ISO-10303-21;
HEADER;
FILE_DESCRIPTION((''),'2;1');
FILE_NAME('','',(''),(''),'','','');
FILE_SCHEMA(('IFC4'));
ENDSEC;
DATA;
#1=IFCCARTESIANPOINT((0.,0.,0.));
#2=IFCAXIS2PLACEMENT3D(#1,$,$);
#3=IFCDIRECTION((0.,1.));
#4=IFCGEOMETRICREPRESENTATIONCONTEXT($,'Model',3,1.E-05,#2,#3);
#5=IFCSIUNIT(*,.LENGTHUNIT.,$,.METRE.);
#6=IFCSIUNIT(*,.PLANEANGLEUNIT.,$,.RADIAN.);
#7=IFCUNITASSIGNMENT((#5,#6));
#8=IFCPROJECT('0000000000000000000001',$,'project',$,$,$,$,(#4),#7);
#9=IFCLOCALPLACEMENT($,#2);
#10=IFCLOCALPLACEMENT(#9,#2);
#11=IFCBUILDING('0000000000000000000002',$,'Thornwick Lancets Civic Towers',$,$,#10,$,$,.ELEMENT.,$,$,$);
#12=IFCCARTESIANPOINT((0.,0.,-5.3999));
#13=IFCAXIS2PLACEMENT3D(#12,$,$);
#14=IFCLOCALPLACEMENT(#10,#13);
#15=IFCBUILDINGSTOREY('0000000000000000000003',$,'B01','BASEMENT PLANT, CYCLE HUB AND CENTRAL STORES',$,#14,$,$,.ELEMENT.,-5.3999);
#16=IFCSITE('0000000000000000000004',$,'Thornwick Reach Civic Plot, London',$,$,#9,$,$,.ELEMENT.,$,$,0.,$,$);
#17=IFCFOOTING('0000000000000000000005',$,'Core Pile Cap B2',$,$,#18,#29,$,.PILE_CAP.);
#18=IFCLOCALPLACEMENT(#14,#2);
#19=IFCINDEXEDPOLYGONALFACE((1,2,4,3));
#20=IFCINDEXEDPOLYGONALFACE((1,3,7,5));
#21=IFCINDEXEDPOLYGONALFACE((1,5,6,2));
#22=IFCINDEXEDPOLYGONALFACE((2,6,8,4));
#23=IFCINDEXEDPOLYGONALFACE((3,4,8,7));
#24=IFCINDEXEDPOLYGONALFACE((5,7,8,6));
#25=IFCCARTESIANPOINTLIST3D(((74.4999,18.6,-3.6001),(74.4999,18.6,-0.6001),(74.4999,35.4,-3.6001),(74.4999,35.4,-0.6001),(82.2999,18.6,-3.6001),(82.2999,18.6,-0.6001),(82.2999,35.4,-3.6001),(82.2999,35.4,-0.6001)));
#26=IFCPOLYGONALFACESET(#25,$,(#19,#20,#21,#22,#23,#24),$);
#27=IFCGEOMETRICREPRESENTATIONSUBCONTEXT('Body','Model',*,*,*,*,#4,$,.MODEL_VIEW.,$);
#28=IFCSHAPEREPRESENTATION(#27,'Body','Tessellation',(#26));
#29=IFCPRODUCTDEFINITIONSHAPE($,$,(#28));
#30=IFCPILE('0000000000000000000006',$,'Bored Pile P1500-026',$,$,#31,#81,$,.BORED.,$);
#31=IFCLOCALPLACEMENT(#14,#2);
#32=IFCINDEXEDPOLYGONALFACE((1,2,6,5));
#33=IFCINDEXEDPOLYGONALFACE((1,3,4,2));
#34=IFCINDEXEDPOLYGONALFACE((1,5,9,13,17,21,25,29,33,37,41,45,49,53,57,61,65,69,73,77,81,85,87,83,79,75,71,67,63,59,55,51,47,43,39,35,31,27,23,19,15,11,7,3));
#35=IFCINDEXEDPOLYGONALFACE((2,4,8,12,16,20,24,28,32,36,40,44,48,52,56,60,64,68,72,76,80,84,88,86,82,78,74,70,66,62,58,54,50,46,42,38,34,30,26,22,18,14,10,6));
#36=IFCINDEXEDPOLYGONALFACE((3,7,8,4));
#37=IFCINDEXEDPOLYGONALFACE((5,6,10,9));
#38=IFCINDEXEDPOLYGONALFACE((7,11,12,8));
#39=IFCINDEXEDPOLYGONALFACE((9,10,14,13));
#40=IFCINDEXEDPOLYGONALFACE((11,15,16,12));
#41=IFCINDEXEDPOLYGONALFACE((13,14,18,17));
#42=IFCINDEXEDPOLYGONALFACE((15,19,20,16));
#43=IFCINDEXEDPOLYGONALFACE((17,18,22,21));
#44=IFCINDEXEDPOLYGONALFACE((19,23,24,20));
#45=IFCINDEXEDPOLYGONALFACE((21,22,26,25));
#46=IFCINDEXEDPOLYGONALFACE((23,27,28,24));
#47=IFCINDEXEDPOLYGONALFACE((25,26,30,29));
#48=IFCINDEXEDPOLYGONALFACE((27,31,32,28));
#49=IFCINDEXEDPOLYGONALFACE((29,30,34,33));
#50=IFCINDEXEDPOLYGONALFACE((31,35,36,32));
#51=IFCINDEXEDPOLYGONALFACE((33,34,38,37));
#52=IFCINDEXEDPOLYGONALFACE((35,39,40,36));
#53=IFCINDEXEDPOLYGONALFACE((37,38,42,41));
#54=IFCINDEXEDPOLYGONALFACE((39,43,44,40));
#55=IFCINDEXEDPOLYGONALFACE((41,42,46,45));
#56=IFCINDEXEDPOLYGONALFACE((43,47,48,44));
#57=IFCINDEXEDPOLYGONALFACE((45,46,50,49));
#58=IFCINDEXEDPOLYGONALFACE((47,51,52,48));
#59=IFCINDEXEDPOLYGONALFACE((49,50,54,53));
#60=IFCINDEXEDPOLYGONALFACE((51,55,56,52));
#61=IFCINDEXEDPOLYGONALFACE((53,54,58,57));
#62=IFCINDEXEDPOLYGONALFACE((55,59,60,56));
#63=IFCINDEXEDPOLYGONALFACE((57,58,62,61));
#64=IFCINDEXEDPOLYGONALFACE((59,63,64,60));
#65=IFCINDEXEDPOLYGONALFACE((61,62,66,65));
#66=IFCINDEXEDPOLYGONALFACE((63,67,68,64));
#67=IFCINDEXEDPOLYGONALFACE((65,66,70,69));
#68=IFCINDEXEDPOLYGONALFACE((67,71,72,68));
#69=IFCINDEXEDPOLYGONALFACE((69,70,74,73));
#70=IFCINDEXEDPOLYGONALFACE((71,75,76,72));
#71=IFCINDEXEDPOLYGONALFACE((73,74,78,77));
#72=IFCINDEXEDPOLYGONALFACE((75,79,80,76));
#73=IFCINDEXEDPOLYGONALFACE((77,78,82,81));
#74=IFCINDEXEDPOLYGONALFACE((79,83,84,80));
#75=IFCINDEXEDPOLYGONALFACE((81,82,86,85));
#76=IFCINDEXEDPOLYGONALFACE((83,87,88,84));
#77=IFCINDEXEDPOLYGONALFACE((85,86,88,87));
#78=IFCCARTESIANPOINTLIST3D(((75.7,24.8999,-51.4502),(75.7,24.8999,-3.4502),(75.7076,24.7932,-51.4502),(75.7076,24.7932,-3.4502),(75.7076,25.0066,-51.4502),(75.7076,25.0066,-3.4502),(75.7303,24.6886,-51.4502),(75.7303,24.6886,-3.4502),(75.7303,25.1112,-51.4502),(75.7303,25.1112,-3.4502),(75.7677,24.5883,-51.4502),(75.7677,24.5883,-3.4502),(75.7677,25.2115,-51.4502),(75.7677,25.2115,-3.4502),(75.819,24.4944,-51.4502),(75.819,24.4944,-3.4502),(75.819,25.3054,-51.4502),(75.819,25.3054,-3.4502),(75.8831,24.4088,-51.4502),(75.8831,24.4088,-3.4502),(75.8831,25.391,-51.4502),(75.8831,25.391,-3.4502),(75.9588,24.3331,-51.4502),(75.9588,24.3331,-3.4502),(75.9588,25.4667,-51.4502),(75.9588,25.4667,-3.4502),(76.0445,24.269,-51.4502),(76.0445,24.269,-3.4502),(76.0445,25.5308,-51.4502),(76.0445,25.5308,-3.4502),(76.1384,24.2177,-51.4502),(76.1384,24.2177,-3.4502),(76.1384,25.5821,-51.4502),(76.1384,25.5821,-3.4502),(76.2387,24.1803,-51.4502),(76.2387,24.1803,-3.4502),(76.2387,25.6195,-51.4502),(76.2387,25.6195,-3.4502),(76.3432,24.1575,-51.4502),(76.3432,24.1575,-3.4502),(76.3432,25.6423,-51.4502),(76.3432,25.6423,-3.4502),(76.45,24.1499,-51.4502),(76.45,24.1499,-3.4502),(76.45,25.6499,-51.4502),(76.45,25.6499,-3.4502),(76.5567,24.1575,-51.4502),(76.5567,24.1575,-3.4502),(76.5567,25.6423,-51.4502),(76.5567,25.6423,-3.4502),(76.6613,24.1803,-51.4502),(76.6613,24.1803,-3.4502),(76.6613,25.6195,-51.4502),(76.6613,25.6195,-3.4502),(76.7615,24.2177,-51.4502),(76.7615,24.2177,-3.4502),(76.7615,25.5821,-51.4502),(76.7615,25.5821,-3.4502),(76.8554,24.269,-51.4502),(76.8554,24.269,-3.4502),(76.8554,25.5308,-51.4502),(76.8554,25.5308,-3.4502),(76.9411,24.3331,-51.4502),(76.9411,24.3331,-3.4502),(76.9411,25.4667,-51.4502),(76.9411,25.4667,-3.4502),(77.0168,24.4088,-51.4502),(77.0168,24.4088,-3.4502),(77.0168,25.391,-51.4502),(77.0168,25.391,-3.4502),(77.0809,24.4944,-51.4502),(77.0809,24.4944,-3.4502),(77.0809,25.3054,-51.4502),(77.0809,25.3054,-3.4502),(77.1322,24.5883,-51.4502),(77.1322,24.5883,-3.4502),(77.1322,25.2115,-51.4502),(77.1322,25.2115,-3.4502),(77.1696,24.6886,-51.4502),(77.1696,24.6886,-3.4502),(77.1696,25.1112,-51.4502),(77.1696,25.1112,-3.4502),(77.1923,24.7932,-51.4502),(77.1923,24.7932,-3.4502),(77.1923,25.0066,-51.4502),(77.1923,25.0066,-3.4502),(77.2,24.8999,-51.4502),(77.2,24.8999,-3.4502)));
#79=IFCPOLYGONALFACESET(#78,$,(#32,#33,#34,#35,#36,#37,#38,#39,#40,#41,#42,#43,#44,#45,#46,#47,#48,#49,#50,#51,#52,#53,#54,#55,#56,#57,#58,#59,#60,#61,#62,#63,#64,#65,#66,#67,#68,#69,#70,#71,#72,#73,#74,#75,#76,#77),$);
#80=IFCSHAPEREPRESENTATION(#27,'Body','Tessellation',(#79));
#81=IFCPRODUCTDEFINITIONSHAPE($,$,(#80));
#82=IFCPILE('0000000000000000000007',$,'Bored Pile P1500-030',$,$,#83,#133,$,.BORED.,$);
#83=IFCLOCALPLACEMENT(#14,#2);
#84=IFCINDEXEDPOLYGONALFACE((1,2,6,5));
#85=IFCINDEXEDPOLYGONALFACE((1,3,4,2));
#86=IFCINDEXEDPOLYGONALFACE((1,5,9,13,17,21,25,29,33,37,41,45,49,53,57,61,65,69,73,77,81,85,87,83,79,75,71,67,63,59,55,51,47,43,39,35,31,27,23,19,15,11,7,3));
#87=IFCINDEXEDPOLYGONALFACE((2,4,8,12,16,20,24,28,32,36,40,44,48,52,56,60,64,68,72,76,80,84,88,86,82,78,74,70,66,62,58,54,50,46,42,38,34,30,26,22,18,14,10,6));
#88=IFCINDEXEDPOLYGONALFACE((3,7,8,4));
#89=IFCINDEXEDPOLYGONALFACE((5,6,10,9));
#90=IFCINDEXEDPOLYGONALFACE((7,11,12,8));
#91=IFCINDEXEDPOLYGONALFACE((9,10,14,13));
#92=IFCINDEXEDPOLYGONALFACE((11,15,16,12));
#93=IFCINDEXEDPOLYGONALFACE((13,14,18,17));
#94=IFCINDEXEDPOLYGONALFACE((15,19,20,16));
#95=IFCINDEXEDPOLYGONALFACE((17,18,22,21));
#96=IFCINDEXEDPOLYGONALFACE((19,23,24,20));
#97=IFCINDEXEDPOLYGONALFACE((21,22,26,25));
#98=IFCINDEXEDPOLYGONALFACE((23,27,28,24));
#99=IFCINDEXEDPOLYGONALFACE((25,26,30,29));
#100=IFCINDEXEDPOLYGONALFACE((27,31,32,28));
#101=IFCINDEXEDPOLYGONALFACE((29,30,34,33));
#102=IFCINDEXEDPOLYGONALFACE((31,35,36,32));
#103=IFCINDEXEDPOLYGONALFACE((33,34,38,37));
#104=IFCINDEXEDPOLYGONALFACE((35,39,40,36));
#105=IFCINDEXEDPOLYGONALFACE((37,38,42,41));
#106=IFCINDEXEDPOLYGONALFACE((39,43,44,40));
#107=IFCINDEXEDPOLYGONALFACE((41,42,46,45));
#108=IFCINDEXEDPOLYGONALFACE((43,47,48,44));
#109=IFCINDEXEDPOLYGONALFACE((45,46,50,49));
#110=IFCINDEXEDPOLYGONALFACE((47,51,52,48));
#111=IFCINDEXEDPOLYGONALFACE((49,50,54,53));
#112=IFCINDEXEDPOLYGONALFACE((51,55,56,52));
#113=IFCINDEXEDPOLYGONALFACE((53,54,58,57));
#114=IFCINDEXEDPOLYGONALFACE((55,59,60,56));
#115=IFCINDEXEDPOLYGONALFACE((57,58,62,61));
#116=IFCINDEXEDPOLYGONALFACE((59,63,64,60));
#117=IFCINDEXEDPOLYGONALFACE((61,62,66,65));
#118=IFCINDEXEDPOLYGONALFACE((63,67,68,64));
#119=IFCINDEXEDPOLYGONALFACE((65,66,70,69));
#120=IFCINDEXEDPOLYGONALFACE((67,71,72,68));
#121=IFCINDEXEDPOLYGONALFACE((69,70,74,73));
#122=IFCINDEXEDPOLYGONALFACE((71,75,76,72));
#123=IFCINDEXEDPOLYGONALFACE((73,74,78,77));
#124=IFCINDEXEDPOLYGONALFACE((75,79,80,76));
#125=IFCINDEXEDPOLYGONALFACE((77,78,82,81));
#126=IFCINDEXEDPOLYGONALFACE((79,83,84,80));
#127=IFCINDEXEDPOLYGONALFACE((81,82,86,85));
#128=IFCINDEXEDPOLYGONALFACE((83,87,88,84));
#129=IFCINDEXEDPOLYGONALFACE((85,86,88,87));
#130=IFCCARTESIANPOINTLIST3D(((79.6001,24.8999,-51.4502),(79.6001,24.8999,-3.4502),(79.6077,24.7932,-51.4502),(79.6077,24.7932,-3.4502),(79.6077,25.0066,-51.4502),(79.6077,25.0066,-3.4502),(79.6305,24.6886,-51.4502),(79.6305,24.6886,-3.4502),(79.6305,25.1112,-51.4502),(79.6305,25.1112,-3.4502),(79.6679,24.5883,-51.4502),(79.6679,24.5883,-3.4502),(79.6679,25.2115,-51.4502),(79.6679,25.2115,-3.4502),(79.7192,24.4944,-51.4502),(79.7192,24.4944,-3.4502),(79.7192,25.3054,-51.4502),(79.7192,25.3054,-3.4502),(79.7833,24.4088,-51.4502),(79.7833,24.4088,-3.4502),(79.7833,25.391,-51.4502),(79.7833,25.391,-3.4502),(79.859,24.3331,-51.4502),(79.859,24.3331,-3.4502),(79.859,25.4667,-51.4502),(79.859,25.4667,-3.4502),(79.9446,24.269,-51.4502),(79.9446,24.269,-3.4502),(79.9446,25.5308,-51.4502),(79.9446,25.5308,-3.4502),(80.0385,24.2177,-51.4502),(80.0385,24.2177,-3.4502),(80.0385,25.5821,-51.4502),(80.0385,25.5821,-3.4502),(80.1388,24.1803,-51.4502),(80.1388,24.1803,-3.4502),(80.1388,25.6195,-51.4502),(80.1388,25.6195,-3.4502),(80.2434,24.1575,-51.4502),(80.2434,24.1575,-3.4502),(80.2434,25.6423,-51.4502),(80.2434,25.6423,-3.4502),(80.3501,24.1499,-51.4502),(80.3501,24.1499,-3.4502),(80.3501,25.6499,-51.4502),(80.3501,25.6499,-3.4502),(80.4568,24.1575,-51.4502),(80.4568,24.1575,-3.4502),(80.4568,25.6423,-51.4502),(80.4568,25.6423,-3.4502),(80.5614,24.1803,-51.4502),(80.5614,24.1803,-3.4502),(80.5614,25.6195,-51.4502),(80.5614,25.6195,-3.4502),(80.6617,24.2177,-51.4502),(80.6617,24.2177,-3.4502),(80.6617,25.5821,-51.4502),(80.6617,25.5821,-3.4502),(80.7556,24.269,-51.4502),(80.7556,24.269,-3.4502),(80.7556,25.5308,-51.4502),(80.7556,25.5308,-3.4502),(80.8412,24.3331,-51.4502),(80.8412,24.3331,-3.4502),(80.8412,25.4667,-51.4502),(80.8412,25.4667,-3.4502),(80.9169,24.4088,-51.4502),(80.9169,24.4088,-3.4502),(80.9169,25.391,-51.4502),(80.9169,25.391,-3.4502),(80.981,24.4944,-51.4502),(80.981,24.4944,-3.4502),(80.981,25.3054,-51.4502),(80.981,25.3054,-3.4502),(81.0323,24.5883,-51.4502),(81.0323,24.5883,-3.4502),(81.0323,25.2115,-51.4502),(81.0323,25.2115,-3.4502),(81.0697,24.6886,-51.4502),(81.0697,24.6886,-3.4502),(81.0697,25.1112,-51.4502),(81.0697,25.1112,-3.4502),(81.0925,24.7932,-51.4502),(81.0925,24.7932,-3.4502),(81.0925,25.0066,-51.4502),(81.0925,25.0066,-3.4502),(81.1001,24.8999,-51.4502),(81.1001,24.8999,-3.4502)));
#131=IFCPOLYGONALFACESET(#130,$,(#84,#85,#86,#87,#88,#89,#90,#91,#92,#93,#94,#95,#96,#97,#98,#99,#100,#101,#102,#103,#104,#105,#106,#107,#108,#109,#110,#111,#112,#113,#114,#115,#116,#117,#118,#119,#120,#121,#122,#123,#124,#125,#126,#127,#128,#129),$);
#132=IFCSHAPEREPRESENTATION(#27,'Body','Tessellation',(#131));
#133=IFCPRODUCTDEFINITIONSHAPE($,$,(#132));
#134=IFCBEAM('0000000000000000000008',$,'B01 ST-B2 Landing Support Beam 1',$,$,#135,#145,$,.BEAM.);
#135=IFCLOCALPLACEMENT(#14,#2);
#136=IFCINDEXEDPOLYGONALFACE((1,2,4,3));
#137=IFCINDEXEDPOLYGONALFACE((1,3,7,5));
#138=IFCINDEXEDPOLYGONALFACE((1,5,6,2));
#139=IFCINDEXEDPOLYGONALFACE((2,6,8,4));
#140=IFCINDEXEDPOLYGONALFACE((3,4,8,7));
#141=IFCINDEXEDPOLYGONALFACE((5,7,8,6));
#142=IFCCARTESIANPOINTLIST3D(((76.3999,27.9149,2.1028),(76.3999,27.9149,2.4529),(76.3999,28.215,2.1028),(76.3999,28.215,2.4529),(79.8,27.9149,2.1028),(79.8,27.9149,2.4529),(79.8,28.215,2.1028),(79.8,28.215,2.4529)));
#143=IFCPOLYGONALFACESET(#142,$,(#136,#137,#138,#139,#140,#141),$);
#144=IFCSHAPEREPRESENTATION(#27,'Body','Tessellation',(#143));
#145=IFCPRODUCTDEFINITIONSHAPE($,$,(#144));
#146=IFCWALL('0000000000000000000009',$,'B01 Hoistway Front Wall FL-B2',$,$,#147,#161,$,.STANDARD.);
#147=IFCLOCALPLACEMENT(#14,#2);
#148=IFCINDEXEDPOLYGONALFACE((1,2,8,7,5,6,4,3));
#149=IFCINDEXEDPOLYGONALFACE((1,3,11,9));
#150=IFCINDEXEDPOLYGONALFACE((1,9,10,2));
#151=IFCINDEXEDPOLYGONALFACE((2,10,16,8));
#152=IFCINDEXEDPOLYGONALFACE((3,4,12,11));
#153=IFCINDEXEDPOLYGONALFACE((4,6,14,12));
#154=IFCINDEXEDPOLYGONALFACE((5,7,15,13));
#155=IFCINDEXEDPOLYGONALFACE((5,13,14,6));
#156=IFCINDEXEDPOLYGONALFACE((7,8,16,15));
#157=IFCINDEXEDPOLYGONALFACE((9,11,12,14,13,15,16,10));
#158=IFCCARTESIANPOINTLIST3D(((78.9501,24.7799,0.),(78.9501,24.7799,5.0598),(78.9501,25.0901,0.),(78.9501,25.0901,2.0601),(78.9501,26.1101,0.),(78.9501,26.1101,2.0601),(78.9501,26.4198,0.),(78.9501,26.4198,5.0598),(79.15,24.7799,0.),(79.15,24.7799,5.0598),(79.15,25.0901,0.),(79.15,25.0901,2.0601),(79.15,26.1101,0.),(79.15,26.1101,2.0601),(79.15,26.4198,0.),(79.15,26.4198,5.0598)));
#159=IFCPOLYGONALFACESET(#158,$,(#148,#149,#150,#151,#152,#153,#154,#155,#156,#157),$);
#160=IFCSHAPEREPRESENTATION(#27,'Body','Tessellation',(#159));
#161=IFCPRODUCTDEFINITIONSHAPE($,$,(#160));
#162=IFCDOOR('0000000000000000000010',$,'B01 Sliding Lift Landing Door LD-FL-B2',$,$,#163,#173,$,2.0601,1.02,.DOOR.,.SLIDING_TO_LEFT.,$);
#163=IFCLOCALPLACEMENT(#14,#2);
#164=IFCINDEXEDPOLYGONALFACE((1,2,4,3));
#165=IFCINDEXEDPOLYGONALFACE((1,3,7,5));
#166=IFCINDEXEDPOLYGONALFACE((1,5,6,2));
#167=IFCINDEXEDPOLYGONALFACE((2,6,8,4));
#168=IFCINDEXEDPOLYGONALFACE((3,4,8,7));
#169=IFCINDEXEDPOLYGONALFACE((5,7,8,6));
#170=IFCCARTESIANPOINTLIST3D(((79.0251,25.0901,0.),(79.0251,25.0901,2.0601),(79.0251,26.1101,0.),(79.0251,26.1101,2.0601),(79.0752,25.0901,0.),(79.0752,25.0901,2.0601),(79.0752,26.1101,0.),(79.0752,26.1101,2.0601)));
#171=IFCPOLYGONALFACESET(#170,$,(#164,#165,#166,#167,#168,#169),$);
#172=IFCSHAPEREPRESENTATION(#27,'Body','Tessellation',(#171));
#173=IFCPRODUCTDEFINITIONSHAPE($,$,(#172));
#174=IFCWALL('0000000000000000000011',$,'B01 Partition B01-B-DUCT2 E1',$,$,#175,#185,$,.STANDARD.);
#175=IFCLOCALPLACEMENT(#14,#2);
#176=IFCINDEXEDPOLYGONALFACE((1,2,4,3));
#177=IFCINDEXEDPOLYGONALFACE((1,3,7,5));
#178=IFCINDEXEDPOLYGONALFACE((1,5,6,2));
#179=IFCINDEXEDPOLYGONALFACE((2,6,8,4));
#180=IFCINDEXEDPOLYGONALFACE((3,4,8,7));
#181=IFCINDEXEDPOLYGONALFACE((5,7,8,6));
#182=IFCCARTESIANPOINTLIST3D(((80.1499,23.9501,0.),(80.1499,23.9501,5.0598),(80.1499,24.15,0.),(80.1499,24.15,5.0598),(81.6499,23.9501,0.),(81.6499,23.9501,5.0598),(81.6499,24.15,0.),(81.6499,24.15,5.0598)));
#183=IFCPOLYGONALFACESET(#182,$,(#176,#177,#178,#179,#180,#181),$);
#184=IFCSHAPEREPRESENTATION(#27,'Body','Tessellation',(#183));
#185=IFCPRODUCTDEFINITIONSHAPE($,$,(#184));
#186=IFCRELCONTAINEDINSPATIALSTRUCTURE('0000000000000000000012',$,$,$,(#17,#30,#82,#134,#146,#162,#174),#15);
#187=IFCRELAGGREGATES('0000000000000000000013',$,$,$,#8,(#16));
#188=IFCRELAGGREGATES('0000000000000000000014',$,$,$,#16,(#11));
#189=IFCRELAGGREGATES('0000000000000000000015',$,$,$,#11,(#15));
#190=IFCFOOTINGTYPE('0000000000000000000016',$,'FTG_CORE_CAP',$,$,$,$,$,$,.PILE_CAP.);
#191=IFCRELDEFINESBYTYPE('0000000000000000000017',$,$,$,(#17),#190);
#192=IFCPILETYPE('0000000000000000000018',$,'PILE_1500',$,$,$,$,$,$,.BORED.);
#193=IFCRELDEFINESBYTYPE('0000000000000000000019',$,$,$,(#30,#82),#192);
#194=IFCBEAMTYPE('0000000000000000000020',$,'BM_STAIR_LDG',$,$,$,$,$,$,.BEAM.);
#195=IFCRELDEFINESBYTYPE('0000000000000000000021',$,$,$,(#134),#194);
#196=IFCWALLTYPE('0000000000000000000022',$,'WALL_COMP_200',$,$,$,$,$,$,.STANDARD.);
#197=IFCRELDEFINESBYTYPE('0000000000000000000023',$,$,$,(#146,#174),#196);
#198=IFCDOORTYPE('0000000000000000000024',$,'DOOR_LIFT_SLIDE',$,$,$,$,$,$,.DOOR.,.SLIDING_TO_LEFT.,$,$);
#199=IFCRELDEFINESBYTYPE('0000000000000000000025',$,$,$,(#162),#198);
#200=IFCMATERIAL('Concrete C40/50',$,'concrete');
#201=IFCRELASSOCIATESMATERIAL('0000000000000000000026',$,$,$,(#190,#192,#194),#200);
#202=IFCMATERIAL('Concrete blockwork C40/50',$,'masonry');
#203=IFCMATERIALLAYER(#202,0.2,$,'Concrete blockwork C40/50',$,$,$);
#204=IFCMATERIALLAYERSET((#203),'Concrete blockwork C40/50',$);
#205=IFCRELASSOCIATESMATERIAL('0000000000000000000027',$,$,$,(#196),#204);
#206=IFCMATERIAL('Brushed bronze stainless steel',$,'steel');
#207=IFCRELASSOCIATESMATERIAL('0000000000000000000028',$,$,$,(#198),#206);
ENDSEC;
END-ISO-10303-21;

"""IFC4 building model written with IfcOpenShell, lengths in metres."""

from ifc_helpers import new_model, si_unit, direction, frame, frame_2d, origin, origin_2d, place, context, subcontext, project, spatial, rectangle, circle, extrude, material, layer, layer_set, material_profile, profile_set, type_object, element, fill, save


model = new_model("IFC4")

# Units and contexts
model_context = context("Model", 3, precision=1e-05, world=origin(), true_north=direction((0.0, 1.0)))
body_context = subcontext(model_context, "Body", "Model", "MODEL_VIEW")
ifc_project = project(units=[si_unit("LENGTHUNIT", "METRE"), si_unit("PLANEANGLEUNIT", "RADIAN")], contexts=[model_context])

# Site, building, storey
site_placement = place(None, origin())
site = spatial("IfcSite", under=ifc_project, at=site_placement, Name="Thornwick Reach Civic Plot, London", CompositionType="ELEMENT", RefElevation=0.0)
building_placement = place(site_placement, origin())
building = spatial("IfcBuilding", under=site, at=building_placement, Name="Thornwick Lancets Civic Towers", CompositionType="ELEMENT")
storey_placement = place(building_placement, frame((0.0, 0.0, -5.3999)))
storey = spatial("IfcBuildingStorey", under=building, at=storey_placement, Name="B01", Description="BASEMENT PLANT, CYCLE HUB AND CENTRAL STORES", CompositionType="ELEMENT", Elevation=-5.3999)

# Footing
ifc_material_1 = material(Name="Concrete C40/50", Category="concrete")
footing_type = type_object("IfcFootingType", Name="FTG_CORE_CAP", PredefinedType="PILE_CAP", material=ifc_material_1)
footing_placement = place(storey_placement, frame((78.3999, 27.0, -3.6001), z_axis=(0.0, 0.0, 1.0), x_axis=(1.0, 0.0, 0.0)))
element("IfcFooting", 1, at=footing_placement, inside=storey, type_object=footing_type, Name="Core Pile Cap B2", PredefinedType="PILE_CAP", context=body_context, shape_type="SweptSolid", body=[
    extrude(rectangle(XDim=7.8, YDim=16.8, at=origin_2d()), origin(), (0.0, 0.0, 1.0), 3.0),
])

# Piles
ifc_material_profile_1 = material_profile(ifc_material_1, circle(Radius=0.75, at=origin_2d()), Name="PILE D1500")
ifc_profile_set_1 = profile_set([ifc_material_profile_1], Name="Concrete C40/50")
pile_type = type_object("IfcPileType", Name="PILE_1500", PredefinedType="BORED", material=ifc_profile_set_1)
for number, where, z_axis, x_axis, name in (
    (2, (76.45, 24.8999, -3.4502), (0.0, 0.0, -1.0), (1.0, 0.0, 0.0), "Bored Pile P1500-026"),
    (3, (80.3501, 24.8999, -3.4502), (0.0, 0.0, -1.0), (1.0, 0.0, 0.0), "Bored Pile P1500-030"),
):
    element("IfcPile", number, at=place(storey_placement, frame(where, z_axis=z_axis, x_axis=x_axis)), inside=storey, type_object=pile_type, Name=name, PredefinedType="BORED", context=body_context, shape_type="SweptSolid", body=[
        extrude(circle(Radius=0.75, at=origin_2d()), origin(), (0.0, 0.0, 1.0), 48.0),
    ])

# Beam
ifc_material_profile_2 = material_profile(ifc_material_1, rectangle(XDim=0.3, YDim=0.3501, at=origin_2d()), Name="RC 300x350")
ifc_profile_set_2 = profile_set([ifc_material_profile_2], Name="Concrete C40/50")
beam_type = type_object("IfcBeamType", Name="BM_STAIR_LDG", PredefinedType="BEAM", material=ifc_profile_set_2)
beam_placement = place(storey_placement, frame((76.3999, 28.0649, 2.2778), z_axis=(1.0, 0.0, 0.0), x_axis=(0.0, 1.0, 0.0)))
element("IfcBeam", 4, at=beam_placement, inside=storey, type_object=beam_type, Name="B01 ST-B2 Landing Support Beam 1", PredefinedType="BEAM", context=body_context, shape_type="SweptSolid", body=[
    extrude(rectangle(XDim=0.3, YDim=0.3501, at=origin_2d()), origin(), (0.0, 0.0, 1.0), 3.4001),
])

# Wall, opening, door
ifc_material_2 = material(Name="Concrete blockwork C40/50", Category="masonry")
ifc_layer_1 = layer(ifc_material_2, 0.2, Name="Concrete blockwork C40/50")
ifc_layer_set_1 = layer_set([ifc_layer_1], Name="Concrete blockwork C40/50")
wall_type_1 = type_object("IfcWallType", Name="WALL_COMP_200", PredefinedType="STANDARD", material=ifc_layer_set_1)
wall_1_placement = place(storey_placement, frame((79.05, 24.78, 0.0), z_axis=(0.0, 0.0, 1.0), x_axis=(0.0, 1.0, 0.0)))
wall_1 = element("IfcWall", 5, at=wall_1_placement, inside=storey, type_object=wall_type_1, Name="B01 Hoistway Front Wall FL-B2", PredefinedType="STANDARD", context=body_context, shape_type="SweptSolid", body=[
    extrude(rectangle(XDim=1.6399, YDim=0.2, at=frame_2d((0.8198, 0.0))), origin(), (0.0, 0.0, 1.0), 5.0598),
])
opening_1_placement = place(wall_1_placement, frame((0.3101, 0.0, 0.0)))
opening_1 = element("IfcOpeningElement", 6, at=opening_1_placement, cuts=wall_1, PredefinedType="OPENING", context=body_context, shape_type="SweptSolid", body=[
    extrude(rectangle(XDim=1.02, YDim=2.0601, at=frame_2d((0.51, 1.03))), frame((0.0, 0.1099, 0.0), z_axis=(0.0, -1.0, 0.0), x_axis=(1.0, 0.0, 0.0)), (0.0, 0.0, 1.0), 0.22),
])
ifc_material_3 = material(Name="Brushed bronze stainless steel", Category="steel")
door_type_1 = type_object("IfcDoorType", Name="DOOR_LIFT_SLIDE", OperationType="SLIDING_TO_LEFT", PredefinedType="DOOR", material=ifc_material_3)
door_1_placement = place(opening_1_placement, origin())
door_1 = element("IfcDoor", 7, at=door_1_placement, inside=storey, type_object=door_type_1, Name="B01 Sliding Lift Landing Door LD-FL-B2", OperationType="SLIDING_TO_LEFT", OverallHeight=2.0601, OverallWidth=1.02, PredefinedType="DOOR", context=body_context, shape_type="SweptSolid", body=[
    extrude(rectangle(XDim=1.02, YDim=2.0601, at=frame_2d((0.51, 1.03))), frame((0.0, 0.0249, 0.0), z_axis=(0.0, -1.0, 0.0), x_axis=(1.0, 0.0, 0.0)), (0.0, 0.0, 1.0), 0.05),
])
fill(opening_1, door_1)

# Wall
wall_2_placement = place(storey_placement, frame((80.1499, 24.05, 0.0), z_axis=(0.0, 0.0, 1.0), x_axis=(1.0, 0.0, 0.0)))
element("IfcWall", 8, at=wall_2_placement, inside=storey, type_object=wall_type_1, Name="B01 Partition B01-B-DUCT2 E1", PredefinedType="STANDARD", context=body_context, shape_type="SweptSolid", body=[
    extrude(rectangle(XDim=1.5, YDim=0.2, at=frame_2d((0.75, 0.0))), origin(), (0.0, 0.0, 1.0), 5.0598),
])

save(model, "model.ifc")
